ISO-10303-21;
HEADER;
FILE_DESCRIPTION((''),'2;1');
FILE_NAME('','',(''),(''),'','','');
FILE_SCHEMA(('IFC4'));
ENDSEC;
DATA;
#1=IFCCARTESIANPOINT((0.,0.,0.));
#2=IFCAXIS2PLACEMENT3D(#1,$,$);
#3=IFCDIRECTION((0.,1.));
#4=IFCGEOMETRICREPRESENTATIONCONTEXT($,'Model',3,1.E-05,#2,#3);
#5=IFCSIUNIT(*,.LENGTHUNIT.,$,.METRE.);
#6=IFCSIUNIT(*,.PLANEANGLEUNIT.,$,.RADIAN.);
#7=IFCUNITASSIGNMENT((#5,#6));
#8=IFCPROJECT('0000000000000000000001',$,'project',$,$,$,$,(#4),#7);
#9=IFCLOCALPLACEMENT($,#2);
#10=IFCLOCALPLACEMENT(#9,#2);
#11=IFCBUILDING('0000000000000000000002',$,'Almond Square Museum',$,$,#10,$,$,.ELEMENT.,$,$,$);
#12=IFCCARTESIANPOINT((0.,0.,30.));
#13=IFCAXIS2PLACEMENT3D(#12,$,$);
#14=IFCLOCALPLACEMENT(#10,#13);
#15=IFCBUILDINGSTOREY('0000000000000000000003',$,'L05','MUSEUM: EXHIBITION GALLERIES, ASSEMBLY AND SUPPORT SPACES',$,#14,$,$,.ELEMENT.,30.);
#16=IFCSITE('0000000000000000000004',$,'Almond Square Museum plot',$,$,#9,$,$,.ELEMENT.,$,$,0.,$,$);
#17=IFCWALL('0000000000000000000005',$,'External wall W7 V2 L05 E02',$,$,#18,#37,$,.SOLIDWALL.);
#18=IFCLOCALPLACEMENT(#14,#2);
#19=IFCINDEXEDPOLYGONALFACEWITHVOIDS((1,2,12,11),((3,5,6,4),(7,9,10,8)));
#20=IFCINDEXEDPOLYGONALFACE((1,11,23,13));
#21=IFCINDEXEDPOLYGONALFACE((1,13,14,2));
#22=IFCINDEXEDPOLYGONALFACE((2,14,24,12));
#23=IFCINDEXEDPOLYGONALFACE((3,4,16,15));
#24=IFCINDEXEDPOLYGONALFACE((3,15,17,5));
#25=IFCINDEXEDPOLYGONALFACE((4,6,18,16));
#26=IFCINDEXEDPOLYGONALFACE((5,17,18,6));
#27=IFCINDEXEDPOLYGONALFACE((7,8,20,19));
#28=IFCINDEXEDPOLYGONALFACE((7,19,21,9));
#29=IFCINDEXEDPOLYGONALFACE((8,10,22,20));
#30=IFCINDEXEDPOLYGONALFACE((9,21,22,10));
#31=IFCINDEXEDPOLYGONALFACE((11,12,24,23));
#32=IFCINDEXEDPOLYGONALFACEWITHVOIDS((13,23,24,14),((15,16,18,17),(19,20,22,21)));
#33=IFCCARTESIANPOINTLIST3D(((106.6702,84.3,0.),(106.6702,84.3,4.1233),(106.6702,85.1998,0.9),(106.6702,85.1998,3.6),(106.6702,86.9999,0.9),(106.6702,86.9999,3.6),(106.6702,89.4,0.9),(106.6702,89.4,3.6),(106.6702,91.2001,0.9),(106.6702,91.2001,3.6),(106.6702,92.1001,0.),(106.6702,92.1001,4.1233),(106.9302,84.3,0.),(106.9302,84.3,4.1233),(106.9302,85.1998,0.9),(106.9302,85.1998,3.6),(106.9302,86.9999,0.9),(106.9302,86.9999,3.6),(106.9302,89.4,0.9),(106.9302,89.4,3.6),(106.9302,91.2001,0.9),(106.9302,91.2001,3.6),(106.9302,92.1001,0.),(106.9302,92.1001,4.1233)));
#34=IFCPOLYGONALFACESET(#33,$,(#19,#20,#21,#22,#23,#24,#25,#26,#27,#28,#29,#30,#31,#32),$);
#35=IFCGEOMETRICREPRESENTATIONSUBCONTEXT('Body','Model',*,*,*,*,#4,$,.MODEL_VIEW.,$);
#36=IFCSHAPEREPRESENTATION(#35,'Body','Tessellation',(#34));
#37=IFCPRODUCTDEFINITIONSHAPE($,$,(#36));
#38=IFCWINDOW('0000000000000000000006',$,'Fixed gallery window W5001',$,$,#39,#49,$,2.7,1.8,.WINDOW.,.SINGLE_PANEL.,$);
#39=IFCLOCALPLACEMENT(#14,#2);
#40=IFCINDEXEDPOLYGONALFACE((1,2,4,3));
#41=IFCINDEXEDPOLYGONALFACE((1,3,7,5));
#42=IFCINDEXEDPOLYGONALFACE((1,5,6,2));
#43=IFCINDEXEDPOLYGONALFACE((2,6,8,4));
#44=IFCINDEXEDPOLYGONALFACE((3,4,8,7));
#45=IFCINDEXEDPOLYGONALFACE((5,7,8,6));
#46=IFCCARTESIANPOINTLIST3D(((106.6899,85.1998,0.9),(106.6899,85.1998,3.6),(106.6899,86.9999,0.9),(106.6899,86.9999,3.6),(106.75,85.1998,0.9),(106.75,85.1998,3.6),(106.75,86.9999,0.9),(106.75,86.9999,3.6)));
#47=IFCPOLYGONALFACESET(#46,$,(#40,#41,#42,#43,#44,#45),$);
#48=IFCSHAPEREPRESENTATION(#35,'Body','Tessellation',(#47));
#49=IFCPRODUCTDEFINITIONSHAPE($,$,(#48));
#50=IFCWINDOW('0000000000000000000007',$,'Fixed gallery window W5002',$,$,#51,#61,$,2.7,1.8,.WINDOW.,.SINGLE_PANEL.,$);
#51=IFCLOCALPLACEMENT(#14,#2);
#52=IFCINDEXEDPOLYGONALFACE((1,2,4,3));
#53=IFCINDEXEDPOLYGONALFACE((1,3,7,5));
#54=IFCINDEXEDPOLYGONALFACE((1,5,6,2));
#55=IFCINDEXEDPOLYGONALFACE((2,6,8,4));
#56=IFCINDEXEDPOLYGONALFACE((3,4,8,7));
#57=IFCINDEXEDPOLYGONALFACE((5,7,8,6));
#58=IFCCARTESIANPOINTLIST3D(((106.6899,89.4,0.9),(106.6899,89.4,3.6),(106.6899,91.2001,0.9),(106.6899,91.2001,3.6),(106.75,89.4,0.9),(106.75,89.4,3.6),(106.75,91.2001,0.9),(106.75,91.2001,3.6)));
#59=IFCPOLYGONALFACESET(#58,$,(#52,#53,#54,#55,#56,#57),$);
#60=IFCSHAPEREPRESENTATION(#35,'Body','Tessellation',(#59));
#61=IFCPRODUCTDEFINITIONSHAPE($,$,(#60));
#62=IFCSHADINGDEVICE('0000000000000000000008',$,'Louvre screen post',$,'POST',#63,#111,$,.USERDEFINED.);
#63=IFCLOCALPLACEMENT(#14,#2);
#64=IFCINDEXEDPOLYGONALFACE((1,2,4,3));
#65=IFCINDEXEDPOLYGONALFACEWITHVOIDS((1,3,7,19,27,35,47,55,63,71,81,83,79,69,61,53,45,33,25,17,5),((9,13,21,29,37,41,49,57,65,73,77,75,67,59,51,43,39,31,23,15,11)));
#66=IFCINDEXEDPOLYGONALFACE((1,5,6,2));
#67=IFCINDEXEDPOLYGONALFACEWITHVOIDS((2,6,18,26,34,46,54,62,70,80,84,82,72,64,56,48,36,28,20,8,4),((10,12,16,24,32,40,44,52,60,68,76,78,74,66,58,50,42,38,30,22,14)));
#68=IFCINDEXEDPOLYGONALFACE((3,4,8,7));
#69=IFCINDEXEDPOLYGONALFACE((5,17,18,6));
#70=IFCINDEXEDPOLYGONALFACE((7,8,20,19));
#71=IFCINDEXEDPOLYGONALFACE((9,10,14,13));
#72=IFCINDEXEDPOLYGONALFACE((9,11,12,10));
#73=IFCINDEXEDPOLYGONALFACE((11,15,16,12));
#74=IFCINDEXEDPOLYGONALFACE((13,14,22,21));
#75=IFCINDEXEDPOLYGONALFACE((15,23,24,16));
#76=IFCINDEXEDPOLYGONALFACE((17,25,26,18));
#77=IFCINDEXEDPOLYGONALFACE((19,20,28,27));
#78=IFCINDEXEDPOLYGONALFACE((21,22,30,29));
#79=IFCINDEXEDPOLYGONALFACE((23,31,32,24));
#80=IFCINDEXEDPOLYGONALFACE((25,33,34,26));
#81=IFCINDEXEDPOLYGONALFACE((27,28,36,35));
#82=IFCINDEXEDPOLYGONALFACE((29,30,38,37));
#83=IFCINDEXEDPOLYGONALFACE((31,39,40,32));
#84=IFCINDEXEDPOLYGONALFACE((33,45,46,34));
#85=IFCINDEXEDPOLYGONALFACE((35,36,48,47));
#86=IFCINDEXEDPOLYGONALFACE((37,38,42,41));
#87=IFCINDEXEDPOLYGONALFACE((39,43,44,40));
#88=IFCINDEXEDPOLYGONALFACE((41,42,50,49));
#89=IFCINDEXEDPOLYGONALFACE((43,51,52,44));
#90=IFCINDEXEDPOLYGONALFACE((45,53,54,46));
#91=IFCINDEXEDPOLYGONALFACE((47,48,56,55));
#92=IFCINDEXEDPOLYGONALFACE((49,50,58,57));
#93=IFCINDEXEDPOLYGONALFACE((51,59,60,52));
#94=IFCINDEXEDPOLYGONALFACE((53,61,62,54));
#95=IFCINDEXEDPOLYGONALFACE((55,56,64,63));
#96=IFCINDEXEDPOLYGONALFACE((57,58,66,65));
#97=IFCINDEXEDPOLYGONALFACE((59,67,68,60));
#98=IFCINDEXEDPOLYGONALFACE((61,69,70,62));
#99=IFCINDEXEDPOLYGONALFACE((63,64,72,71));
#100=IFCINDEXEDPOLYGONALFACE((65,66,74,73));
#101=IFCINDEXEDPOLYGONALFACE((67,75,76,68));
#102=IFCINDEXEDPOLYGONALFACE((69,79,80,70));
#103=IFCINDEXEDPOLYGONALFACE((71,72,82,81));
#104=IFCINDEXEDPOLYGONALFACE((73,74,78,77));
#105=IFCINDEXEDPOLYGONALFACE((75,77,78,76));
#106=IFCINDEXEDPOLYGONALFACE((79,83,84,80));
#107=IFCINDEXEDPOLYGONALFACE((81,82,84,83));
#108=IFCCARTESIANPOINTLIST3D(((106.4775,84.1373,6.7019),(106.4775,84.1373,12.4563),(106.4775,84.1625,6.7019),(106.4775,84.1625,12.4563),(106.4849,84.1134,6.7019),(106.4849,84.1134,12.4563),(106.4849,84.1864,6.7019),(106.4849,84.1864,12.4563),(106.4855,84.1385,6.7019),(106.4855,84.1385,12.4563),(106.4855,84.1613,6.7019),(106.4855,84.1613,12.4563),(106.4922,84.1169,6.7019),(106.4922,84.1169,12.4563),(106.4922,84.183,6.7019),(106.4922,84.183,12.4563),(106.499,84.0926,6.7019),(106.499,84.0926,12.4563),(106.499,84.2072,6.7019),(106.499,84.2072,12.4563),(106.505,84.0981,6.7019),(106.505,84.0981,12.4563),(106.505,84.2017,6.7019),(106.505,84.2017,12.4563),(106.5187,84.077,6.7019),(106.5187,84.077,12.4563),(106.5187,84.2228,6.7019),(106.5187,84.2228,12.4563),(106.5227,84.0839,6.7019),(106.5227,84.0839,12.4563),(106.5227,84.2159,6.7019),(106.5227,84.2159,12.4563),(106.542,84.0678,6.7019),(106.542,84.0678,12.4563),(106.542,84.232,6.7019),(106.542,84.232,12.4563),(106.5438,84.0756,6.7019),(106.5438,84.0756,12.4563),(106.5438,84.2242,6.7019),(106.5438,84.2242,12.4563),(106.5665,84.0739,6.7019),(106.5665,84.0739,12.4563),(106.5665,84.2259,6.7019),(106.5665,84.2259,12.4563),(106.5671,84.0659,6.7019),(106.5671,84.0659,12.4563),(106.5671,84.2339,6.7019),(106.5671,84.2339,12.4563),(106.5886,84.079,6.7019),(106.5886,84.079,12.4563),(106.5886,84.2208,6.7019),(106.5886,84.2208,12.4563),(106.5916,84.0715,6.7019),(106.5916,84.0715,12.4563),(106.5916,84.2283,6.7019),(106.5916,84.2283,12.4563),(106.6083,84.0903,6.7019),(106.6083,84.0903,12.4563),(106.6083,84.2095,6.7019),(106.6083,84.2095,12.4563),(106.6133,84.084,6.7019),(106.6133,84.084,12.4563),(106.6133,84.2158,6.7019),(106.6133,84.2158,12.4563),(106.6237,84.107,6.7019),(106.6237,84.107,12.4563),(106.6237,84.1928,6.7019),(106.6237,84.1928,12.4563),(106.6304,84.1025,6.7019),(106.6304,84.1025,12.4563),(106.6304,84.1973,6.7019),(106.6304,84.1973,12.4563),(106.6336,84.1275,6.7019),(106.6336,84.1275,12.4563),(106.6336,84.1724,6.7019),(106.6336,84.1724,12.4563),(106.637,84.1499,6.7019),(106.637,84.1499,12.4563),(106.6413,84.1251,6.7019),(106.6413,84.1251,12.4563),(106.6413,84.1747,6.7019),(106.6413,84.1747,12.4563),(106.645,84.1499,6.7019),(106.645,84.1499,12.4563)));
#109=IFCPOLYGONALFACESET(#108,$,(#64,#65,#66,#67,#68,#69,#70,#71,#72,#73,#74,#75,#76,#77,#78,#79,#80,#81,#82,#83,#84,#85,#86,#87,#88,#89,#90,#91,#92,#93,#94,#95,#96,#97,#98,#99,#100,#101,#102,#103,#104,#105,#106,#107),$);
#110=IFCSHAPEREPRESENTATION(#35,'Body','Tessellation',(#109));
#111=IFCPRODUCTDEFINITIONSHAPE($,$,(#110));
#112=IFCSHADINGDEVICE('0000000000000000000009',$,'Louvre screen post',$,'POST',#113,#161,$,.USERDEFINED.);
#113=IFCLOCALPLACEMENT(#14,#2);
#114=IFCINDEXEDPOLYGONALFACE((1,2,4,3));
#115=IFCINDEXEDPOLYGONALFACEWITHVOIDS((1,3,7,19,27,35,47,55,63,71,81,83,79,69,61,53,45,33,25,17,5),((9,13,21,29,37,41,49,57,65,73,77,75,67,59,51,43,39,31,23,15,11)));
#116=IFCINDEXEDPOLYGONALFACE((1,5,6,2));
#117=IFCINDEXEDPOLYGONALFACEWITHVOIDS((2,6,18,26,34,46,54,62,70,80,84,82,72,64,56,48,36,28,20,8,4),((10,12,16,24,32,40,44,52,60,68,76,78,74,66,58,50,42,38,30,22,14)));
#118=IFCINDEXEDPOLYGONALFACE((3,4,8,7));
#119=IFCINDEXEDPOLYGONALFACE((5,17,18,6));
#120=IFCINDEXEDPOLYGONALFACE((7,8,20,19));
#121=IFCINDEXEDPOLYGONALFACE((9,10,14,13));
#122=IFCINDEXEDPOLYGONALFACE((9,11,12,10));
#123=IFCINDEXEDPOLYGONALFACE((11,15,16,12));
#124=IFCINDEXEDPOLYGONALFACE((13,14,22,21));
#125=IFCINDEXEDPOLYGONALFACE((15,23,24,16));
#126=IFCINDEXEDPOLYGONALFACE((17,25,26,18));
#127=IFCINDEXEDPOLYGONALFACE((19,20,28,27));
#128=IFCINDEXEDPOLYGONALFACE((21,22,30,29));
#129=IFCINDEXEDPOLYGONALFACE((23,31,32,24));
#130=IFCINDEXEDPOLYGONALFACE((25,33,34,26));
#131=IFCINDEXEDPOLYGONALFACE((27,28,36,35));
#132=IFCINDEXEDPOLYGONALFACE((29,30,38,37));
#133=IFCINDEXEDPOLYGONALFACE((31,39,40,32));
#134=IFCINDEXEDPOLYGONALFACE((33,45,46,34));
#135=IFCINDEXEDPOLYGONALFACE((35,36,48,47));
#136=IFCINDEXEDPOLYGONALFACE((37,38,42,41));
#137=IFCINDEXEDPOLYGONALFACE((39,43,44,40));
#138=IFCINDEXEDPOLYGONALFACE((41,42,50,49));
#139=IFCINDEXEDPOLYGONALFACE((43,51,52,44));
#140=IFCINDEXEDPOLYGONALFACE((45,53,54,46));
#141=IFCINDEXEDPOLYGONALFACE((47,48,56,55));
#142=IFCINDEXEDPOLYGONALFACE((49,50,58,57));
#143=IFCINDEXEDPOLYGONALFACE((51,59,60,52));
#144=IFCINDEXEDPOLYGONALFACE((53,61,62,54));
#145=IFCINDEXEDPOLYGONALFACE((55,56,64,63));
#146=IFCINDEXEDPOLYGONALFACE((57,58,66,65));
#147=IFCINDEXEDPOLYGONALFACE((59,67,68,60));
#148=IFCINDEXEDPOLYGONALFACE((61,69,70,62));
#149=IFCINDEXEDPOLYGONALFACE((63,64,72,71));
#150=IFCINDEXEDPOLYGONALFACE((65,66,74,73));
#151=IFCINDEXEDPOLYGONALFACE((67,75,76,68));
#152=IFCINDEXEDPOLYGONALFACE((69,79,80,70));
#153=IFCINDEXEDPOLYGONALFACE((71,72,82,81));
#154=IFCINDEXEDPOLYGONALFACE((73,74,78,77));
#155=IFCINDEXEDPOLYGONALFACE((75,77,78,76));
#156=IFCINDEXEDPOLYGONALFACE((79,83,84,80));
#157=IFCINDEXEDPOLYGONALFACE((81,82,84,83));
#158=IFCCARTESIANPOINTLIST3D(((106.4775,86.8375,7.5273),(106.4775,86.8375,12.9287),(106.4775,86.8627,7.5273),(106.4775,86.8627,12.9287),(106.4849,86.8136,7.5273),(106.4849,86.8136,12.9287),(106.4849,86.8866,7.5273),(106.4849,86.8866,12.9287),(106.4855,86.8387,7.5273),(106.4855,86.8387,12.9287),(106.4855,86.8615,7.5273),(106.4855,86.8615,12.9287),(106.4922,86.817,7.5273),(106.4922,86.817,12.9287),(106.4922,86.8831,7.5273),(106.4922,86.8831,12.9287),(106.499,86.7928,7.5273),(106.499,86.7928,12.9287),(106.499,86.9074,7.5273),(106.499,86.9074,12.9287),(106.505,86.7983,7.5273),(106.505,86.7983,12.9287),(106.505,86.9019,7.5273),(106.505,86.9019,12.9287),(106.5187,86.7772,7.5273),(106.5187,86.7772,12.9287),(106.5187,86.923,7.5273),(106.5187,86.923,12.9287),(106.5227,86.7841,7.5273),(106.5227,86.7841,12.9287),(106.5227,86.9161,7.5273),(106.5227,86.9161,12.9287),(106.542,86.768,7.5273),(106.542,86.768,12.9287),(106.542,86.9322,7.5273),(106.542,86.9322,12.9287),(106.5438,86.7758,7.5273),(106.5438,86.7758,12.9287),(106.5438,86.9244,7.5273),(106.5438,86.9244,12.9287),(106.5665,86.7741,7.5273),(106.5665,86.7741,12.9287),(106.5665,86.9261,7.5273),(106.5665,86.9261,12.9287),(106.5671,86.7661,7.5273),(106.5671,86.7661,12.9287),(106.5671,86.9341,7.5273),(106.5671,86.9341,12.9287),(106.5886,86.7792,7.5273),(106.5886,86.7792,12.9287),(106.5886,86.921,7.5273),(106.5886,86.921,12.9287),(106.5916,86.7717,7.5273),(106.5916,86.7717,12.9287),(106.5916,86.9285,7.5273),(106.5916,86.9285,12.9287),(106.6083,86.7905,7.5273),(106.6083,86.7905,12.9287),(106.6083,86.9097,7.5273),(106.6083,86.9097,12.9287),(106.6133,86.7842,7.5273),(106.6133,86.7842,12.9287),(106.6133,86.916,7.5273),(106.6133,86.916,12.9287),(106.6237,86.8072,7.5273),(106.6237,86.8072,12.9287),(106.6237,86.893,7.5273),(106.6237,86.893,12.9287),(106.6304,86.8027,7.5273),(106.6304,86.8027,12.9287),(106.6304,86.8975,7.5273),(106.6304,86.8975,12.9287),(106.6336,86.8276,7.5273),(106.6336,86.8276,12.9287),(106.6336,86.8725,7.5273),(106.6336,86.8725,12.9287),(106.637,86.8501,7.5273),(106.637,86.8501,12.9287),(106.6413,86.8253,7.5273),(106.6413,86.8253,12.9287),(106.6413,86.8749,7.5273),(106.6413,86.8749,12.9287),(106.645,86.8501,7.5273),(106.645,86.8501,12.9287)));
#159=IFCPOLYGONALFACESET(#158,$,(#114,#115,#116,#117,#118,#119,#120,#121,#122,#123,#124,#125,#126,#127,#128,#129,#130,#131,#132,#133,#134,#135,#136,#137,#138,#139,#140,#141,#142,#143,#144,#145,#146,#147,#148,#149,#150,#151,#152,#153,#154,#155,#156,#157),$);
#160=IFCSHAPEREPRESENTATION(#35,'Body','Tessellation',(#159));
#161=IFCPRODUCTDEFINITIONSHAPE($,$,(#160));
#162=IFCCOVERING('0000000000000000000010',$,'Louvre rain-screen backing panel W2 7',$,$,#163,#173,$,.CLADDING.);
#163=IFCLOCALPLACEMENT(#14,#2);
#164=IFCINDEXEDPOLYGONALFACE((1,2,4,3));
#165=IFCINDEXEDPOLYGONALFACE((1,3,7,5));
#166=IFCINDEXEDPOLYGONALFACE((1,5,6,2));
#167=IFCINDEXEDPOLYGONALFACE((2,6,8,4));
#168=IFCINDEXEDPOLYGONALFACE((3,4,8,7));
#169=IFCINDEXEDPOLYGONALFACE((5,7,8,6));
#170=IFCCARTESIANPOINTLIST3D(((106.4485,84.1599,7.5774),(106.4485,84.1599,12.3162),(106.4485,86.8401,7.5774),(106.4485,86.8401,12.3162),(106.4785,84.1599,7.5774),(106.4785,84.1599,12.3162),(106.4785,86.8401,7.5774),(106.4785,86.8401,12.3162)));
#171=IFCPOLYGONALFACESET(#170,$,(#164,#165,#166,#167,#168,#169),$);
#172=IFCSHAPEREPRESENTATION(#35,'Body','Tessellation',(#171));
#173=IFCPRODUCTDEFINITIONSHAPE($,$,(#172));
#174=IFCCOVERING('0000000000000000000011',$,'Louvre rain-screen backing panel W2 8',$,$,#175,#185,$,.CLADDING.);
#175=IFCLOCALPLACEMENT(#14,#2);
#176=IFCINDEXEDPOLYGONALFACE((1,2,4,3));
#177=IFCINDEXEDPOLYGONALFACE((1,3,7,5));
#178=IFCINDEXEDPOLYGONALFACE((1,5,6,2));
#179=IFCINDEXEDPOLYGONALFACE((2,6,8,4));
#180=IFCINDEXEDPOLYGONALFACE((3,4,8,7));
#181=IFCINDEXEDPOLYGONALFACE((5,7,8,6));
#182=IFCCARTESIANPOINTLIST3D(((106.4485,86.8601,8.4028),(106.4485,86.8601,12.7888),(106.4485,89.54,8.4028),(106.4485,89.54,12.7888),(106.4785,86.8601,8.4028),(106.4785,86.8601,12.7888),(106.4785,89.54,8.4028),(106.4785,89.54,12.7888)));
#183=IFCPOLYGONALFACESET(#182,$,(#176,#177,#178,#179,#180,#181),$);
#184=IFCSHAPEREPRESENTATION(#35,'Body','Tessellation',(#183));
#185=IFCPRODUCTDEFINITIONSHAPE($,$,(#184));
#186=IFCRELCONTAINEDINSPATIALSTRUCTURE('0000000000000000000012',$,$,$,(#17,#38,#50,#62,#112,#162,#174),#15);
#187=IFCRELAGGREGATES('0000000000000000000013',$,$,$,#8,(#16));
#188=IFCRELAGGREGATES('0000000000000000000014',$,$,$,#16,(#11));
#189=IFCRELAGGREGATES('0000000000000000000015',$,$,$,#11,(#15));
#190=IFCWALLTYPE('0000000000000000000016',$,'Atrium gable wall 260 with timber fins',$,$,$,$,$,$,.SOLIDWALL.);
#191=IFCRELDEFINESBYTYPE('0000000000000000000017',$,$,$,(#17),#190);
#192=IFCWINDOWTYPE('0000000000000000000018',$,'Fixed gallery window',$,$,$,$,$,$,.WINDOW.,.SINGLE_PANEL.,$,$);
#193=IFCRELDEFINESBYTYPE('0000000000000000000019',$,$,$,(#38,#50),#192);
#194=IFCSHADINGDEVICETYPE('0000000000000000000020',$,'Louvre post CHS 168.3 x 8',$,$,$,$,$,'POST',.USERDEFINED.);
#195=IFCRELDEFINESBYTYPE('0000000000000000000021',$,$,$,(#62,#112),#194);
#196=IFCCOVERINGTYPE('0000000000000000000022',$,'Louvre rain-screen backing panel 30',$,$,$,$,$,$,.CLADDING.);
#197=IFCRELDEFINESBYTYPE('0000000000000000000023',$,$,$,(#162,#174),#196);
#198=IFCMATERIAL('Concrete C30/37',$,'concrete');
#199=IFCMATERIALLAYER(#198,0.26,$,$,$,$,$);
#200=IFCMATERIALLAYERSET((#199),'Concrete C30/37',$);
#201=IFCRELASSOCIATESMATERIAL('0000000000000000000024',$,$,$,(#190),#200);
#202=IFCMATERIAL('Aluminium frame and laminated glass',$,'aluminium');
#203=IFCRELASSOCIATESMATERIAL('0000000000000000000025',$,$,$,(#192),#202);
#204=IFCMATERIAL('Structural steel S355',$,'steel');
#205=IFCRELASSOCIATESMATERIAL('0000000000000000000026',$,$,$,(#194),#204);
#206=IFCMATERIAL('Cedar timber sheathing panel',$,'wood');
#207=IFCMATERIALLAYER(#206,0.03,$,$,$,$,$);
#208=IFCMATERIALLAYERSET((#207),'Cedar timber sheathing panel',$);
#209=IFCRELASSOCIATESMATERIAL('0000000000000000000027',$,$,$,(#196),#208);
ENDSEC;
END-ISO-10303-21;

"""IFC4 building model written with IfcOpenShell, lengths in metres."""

from ifc_helpers import new_model, si_unit, direction, frame, frame_2d, origin, origin_2d, place, context, subcontext, project, spatial, polyline, rectangle, hollow_circle, outline, extrude, material, layer, layer_set, material_profile, profile_set, type_object, element, fill, save


model = new_model("IFC4")

# Units and contexts
model_context = context("Model", 3, precision=1e-05, world=origin(), true_north=direction((0.0, 1.0)))
body_context = subcontext(model_context, "Body", "Model", "MODEL_VIEW")
ifc_project = project(units=[si_unit("LENGTHUNIT", "METRE"), si_unit("PLANEANGLEUNIT", "RADIAN")], contexts=[model_context])

# Site, building, storey
site_placement = place(None, origin())
site = spatial("IfcSite", under=ifc_project, at=site_placement, Name="Almond Square Museum plot", CompositionType="ELEMENT", RefElevation=0.0)
building_placement = place(site_placement, origin())
building = spatial("IfcBuilding", under=site, at=building_placement, Name="Almond Square Museum", CompositionType="ELEMENT")
storey_placement = place(building_placement, frame((0.0, 0.0, 30.0)))
storey = spatial("IfcBuildingStorey", under=building, at=storey_placement, Name="L05", Description="MUSEUM: EXHIBITION GALLERIES, ASSEMBLY AND SUPPORT SPACES", CompositionType="ELEMENT", Elevation=30.0)

# Wall, openings, windows
ifc_material_1 = material(Name="Concrete C30/37", Category="concrete")
ifc_layer_1 = layer(ifc_material_1, 0.26)
ifc_layer_set_1 = layer_set([ifc_layer_1], Name="Concrete C30/37")
wall_type = type_object("IfcWallType", Name="Atrium gable wall 260 with timber fins", PredefinedType="SOLIDWALL", material=ifc_layer_set_1)
wall_placement = place(storey_placement, frame((106.8, 84.3, 0.0), z_axis=(0.0, 0.0, 1.0), x_axis=(0.0, 1.0, 0.0)))
wall = element("IfcWall", 1, at=wall_placement, inside=storey, type_object=wall_type, Name="External wall W7 V2 L05 E02", PredefinedType="SOLIDWALL", context=body_context, shape_type="SweptSolid", body=[
    extrude(outline(polyline([(0.0, 0.0), (7.8, 0.0), (7.8, 4.1233), (0.0, 4.1233), (0.0, 0.0)])), frame((0.0, 0.1299, 0.0), z_axis=(0.0, -1.0, 0.0), x_axis=(1.0, 0.0, 0.0)), (0.0, 0.0, 1.0), 0.26),
])
opening_1_placement = place(wall_placement, frame((0.8999, 0.0, 0.8999)))
opening_1 = element("IfcOpeningElement", 2, at=opening_1_placement, cuts=wall, PredefinedType="OPENING", context=body_context, shape_type="SweptSolid", body=[
    extrude(rectangle(XDim=1.8, YDim=2.7, at=frame_2d((0.8999, 1.3501))), frame((0.0, 0.1399, 0.0), z_axis=(0.0, -1.0, 0.0), x_axis=(1.0, 0.0, 0.0)), (0.0, 0.0, 1.0), 0.28),
])
opening_2_placement = place(wall_placement, frame((5.1001, 0.0, 0.8999)))
opening_2 = element("IfcOpeningElement", 3, at=opening_2_placement, cuts=wall, PredefinedType="OPENING", context=body_context, shape_type="SweptSolid", body=[
    extrude(rectangle(XDim=1.8, YDim=2.7, at=frame_2d((0.8999, 1.3501))), frame((0.0, 0.1399, 0.0), z_axis=(0.0, -1.0, 0.0), x_axis=(1.0, 0.0, 0.0)), (0.0, 0.0, 1.0), 0.28),
])
ifc_material_2 = material(Name="Aluminium frame and laminated glass", Category="aluminium")
window_type = type_object("IfcWindowType", Name="Fixed gallery window", PartitioningType="SINGLE_PANEL", PredefinedType="WINDOW", material=ifc_material_2)
window_1_placement = place(opening_1_placement, origin())
window_1 = element("IfcWindow", 4, at=window_1_placement, inside=storey, type_object=window_type, Name="Fixed gallery window W5001", OverallHeight=2.7, OverallWidth=1.8, PartitioningType="SINGLE_PANEL", PredefinedType="WINDOW", context=body_context, shape_type="SweptSolid", body=[
    extrude(rectangle(XDim=1.8, YDim=2.7, at=frame_2d((0.8999, 1.3501))), frame((0.0, 0.1101, 0.0), z_axis=(0.0, -1.0, 0.0), x_axis=(1.0, 0.0, 0.0)), (0.0, 0.0, 1.0), 0.0601),
])
fill(opening_1, window_1)
window_2_placement = place(opening_2_placement, origin())
window_2 = element("IfcWindow", 5, at=window_2_placement, inside=storey, type_object=window_type, Name="Fixed gallery window W5002", OverallHeight=2.7, OverallWidth=1.8, PartitioningType="SINGLE_PANEL", PredefinedType="WINDOW", context=body_context, shape_type="SweptSolid", body=[
    extrude(rectangle(XDim=1.8, YDim=2.7, at=frame_2d((0.8999, 1.3501))), frame((0.0, 0.1101, 0.0), z_axis=(0.0, -1.0, 0.0), x_axis=(1.0, 0.0, 0.0)), (0.0, 0.0, 1.0), 0.0601),
])
fill(opening_2, window_2)

# Shading devices
ifc_material_3 = material(Name="Structural steel S355", Category="steel")
ifc_material_profile_1 = material_profile(ifc_material_3, hollow_circle(Radius=0.0842, WallThickness=0.0081, at=origin_2d()))
ifc_profile_set_1 = profile_set([ifc_material_profile_1], Name="Structural steel S355")
shading_device_type = type_object("IfcShadingDeviceType", Name="Louvre post CHS 168.3 x 8", ElementType="POST", PredefinedType="USERDEFINED", material=ifc_profile_set_1)
shading_device_1_placement = place(storey_placement, frame((106.5608, 84.1499, 6.7019), z_axis=(0.0, 0.0, 1.0), x_axis=(1.0, 0.0, 0.0)))
element("IfcShadingDevice", 6, at=shading_device_1_placement, inside=storey, type_object=shading_device_type, Name="Louvre screen post", ObjectType="POST", PredefinedType="USERDEFINED", context=body_context, shape_type="SweptSolid", body=[
    extrude(hollow_circle(Radius=0.0842, WallThickness=0.0081, at=origin_2d()), origin(), (0.0, 0.0, 1.0), 5.7544),
])
shading_device_2_placement = place(storey_placement, frame((106.5608, 86.8501, 7.5273), z_axis=(0.0, 0.0, 1.0), x_axis=(1.0, 0.0, 0.0)))
element("IfcShadingDevice", 7, at=shading_device_2_placement, inside=storey, type_object=shading_device_type, Name="Louvre screen post", ObjectType="POST", PredefinedType="USERDEFINED", context=body_context, shape_type="SweptSolid", body=[
    extrude(hollow_circle(Radius=0.0842, WallThickness=0.0081, at=origin_2d()), origin(), (0.0, 0.0, 1.0), 5.4014),
])

# Coverings
ifc_material_4 = material(Name="Cedar timber sheathing panel", Category="wood")
ifc_layer_2 = layer(ifc_material_4, 0.03)
ifc_layer_set_2 = layer_set([ifc_layer_2], Name="Cedar timber sheathing panel")
covering_type_1 = type_object("IfcCoveringType", Name="Louvre rain-screen backing panel 30", PredefinedType="CLADDING", material=ifc_layer_set_2)
covering_1_placement = place(storey_placement, frame((106.4636, 84.1599, 7.5774), z_axis=(1.0, 0.0, 0.0), x_axis=(0.0, 1.0, 0.0)))
element("IfcCovering", 8, at=covering_1_placement, inside=storey, type_object=covering_type_1, Name="Louvre rain-screen backing panel W2 7", PredefinedType="CLADDING", context=body_context, shape_type="SweptSolid", body=[
    extrude(outline(polyline([(0.0, 0.0), (2.6802, 0.0), (2.6802, 4.7388), (0.0, 4.7388), (0.0, 0.0)])), frame((0.0, 0.0, -0.0151)), (0.0, 0.0, 1.0), 0.03),
])
covering_2_placement = place(storey_placement, frame((106.4636, 86.8601, 8.4028), z_axis=(1.0, 0.0, 0.0), x_axis=(0.0, 1.0, 0.0)))
element("IfcCovering", 9, at=covering_2_placement, inside=storey, type_object=covering_type_1, Name="Louvre rain-screen backing panel W2 8", PredefinedType="CLADDING", context=body_context, shape_type="SweptSolid", body=[
    extrude(outline(polyline([(0.0, 0.0), (2.6799, 0.0), (2.6799, 4.386), (0.0, 4.386), (0.0, 0.0)])), frame((0.0, 0.0, -0.0151)), (0.0, 0.0, 1.0), 0.03),
])

save(model, "model.ifc")
